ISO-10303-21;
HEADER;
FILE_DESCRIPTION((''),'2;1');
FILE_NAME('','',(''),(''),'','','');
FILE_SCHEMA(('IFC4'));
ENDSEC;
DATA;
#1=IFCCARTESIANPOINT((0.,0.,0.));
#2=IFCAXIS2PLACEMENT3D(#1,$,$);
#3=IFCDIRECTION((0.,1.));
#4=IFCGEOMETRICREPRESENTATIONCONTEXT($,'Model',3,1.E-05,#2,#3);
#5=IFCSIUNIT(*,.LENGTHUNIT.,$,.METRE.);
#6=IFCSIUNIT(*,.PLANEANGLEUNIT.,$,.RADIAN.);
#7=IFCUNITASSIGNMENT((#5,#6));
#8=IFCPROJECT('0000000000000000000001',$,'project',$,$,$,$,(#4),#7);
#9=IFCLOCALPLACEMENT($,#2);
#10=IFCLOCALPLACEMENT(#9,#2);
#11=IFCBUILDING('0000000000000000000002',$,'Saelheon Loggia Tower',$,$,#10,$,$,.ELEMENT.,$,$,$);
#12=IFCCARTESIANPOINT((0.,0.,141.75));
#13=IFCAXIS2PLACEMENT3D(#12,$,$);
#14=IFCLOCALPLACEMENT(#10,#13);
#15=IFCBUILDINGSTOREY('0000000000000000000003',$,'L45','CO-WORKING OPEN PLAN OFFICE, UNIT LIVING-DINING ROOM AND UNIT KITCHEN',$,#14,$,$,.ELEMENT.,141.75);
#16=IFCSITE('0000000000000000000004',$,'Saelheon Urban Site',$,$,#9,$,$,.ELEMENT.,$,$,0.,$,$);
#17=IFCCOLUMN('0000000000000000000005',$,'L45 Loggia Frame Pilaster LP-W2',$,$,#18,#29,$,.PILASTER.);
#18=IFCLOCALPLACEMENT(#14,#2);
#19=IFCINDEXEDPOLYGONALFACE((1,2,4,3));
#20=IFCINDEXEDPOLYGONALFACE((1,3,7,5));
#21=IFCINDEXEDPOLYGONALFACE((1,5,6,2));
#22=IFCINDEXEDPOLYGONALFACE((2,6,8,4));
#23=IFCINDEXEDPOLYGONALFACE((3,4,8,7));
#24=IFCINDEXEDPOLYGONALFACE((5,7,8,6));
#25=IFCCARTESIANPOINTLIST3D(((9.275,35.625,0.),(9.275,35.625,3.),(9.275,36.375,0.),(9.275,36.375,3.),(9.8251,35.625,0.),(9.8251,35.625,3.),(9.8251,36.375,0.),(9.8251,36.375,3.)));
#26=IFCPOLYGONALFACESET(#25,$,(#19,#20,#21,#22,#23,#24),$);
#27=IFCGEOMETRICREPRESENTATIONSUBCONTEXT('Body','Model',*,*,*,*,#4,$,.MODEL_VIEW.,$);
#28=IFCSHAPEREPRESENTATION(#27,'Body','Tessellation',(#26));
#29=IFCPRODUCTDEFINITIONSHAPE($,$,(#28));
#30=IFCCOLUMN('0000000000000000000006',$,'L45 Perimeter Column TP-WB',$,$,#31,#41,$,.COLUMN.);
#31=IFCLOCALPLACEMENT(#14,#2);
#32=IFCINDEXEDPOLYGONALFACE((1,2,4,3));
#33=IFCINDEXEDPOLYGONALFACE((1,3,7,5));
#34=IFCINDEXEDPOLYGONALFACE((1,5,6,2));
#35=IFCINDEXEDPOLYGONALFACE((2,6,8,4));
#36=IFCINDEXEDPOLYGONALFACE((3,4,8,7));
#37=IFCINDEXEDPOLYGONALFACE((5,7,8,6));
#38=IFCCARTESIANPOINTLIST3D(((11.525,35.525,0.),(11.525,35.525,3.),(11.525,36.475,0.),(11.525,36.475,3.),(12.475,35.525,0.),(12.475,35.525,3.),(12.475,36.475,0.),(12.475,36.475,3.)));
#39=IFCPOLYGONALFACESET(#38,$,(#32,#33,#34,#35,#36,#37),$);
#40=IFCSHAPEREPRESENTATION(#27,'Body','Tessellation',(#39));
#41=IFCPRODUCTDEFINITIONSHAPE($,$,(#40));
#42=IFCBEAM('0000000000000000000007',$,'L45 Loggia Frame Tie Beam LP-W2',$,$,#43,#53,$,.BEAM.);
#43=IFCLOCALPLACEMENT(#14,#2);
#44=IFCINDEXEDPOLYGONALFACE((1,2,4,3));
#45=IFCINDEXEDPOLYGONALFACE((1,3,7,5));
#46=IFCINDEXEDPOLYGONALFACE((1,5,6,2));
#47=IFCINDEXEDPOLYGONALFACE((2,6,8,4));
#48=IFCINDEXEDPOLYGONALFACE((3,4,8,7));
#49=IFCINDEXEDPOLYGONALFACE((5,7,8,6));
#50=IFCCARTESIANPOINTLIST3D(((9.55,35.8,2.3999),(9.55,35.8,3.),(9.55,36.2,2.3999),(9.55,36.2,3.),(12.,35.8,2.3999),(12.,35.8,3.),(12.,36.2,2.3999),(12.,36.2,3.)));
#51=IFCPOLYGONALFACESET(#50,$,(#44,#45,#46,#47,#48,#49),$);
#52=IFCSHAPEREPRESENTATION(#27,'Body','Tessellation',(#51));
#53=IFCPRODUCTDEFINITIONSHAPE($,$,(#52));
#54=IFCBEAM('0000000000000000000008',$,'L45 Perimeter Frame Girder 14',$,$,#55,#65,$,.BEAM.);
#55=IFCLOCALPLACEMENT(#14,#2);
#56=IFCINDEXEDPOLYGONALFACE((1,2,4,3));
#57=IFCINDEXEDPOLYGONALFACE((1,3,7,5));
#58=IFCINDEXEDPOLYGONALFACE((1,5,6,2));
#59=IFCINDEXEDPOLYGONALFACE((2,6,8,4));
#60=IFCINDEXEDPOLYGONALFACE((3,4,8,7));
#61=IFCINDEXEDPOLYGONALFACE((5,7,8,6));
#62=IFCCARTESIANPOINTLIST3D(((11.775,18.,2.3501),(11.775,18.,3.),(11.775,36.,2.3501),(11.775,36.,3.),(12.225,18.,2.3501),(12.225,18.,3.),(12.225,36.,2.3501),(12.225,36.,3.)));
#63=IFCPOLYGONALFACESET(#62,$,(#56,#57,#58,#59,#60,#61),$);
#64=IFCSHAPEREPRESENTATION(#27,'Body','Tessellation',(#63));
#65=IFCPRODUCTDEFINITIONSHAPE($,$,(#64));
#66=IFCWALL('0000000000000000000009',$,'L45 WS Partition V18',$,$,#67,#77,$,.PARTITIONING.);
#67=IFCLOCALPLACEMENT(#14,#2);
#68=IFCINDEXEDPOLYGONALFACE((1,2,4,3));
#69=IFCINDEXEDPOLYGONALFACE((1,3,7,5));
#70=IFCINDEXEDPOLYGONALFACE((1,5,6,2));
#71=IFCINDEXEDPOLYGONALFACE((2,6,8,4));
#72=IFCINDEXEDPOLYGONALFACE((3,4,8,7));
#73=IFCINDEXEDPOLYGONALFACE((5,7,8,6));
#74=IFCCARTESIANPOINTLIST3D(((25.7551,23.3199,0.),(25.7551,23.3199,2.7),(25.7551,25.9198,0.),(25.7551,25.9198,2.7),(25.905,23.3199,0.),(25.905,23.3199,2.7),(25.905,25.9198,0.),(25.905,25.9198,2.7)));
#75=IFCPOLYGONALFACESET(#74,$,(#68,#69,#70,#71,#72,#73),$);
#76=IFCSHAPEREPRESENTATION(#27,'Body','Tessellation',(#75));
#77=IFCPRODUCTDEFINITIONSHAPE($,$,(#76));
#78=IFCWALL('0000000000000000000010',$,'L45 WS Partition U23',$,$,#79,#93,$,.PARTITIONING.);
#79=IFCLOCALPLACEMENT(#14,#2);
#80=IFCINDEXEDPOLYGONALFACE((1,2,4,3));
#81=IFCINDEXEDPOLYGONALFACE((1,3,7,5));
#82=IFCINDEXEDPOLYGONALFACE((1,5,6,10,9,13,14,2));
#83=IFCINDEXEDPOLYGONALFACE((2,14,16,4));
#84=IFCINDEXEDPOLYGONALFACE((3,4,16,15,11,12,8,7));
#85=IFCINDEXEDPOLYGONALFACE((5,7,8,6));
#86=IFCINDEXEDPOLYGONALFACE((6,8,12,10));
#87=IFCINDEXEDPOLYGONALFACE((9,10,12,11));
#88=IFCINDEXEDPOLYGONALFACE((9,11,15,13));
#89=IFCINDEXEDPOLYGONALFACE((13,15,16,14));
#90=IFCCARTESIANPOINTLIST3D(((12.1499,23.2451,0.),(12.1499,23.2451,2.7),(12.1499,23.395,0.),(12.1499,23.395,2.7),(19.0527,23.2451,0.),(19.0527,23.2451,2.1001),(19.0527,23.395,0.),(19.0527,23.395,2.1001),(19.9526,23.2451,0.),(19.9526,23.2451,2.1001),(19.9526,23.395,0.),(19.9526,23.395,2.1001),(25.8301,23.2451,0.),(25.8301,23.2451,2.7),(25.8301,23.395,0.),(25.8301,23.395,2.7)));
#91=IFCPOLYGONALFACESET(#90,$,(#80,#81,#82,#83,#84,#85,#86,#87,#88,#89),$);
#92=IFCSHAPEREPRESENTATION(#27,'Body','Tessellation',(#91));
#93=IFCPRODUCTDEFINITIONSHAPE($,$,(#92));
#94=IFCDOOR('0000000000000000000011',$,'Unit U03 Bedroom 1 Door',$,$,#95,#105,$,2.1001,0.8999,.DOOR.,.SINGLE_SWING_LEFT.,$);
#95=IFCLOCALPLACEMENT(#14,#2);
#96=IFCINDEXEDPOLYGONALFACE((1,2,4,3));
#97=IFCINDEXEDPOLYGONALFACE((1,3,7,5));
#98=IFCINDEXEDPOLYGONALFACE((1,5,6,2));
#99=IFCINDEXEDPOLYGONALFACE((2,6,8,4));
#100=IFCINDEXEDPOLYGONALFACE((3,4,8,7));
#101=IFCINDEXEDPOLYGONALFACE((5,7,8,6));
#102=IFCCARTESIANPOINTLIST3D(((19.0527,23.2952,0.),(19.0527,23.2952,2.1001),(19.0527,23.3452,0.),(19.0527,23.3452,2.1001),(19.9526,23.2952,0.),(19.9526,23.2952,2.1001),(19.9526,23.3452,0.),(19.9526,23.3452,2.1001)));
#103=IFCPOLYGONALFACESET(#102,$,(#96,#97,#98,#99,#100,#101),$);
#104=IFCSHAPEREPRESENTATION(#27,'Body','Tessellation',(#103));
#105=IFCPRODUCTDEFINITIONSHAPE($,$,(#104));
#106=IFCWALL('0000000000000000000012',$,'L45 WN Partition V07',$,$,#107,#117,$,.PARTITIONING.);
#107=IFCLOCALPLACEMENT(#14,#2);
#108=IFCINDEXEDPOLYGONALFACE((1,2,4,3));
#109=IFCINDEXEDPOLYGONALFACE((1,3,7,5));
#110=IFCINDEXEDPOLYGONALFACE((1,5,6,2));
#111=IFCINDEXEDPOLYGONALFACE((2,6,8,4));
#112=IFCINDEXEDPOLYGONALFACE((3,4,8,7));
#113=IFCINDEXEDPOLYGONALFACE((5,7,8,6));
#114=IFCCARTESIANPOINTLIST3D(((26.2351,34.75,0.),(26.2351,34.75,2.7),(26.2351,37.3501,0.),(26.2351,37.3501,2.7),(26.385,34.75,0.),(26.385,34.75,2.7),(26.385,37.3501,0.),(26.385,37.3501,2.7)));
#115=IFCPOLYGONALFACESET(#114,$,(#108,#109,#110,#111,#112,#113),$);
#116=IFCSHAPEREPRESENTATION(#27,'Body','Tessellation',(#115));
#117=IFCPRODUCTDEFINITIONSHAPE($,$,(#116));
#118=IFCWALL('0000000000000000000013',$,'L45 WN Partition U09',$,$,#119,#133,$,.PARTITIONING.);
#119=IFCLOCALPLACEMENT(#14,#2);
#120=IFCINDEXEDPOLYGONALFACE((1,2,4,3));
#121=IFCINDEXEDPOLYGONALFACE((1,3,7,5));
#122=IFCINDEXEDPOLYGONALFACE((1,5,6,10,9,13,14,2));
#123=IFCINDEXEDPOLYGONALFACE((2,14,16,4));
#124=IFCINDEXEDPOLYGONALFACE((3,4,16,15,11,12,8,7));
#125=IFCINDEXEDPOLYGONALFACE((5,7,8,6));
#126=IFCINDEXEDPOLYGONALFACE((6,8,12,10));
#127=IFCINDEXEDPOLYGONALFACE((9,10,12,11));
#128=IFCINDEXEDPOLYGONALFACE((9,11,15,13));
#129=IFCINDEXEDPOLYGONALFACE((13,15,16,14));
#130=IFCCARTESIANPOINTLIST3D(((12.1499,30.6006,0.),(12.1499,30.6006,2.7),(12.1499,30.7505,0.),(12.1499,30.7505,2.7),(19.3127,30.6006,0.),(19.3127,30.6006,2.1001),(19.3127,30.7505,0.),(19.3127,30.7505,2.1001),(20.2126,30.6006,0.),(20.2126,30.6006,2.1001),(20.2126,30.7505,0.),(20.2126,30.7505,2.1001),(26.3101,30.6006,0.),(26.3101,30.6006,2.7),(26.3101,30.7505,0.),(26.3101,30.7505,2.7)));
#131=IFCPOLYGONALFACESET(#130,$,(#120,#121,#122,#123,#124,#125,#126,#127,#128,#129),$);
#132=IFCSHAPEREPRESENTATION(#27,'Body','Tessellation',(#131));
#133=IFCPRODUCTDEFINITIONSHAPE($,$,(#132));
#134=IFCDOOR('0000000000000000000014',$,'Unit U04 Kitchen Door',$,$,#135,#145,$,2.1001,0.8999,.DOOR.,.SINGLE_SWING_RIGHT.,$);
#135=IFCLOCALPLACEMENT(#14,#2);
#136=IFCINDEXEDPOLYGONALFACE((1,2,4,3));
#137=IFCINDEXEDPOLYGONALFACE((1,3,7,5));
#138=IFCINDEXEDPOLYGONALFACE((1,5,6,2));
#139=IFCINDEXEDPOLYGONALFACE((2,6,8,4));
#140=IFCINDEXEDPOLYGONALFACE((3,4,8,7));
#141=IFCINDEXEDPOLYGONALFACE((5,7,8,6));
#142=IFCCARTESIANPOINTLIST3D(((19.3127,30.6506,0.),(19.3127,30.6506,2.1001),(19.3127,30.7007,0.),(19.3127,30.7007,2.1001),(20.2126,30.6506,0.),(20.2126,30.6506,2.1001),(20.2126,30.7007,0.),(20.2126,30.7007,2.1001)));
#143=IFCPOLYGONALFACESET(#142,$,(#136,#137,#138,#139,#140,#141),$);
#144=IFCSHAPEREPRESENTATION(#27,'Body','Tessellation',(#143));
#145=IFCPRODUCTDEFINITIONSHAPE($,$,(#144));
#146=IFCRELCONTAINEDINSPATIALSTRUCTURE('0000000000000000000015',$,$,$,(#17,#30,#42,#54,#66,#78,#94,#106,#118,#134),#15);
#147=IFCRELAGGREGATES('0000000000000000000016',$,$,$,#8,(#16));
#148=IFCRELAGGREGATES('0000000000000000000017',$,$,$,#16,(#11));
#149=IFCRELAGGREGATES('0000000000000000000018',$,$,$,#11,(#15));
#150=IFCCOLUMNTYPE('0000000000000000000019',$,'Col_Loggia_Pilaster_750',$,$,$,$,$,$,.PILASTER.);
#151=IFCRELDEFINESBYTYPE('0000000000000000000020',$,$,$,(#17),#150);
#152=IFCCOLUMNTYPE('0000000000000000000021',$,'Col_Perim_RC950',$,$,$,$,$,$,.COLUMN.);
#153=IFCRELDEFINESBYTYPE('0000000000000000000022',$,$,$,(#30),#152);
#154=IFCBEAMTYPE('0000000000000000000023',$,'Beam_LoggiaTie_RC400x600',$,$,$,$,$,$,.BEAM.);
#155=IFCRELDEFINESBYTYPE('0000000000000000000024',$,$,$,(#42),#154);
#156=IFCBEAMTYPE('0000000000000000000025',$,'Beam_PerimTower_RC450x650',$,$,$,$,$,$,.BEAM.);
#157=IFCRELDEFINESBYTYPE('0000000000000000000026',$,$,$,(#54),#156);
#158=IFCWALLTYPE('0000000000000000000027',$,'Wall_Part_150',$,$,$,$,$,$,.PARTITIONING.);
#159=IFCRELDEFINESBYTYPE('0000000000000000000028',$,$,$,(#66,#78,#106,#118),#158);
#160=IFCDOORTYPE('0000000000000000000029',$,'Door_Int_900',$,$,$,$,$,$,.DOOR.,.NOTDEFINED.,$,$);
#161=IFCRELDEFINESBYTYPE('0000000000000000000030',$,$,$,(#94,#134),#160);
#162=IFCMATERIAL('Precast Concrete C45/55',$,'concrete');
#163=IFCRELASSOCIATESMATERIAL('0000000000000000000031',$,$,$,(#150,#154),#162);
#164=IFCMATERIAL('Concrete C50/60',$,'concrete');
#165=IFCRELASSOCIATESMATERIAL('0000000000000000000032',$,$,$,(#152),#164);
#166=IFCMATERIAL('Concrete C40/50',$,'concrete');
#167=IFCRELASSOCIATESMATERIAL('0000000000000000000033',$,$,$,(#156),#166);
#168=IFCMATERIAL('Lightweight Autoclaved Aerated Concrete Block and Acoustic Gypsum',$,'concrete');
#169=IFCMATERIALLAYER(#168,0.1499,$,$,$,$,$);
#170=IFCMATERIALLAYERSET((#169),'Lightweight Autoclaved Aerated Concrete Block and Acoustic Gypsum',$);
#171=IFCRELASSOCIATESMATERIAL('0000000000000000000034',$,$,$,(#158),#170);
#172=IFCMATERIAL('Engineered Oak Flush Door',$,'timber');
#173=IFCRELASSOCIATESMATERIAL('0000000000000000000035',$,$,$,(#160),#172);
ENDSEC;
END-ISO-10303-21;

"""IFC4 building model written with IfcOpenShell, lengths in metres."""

from ifc_helpers import new_model, si_unit, direction, frame, frame_2d, origin, origin_2d, place, context, subcontext, project, spatial, rectangle, extrude, source, transform, mapped, material, layer, layer_set, material_profile, profile_set, type_object, element, fill, save


model = new_model("IFC4")

# Units and contexts
model_context = context("Model", 3, precision=1e-05, world=origin(), true_north=direction((0.0, 1.0)))
body_context = subcontext(model_context, "Body", "Model", "MODEL_VIEW")
ifc_project = project(units=[si_unit("LENGTHUNIT", "METRE"), si_unit("PLANEANGLEUNIT", "RADIAN")], contexts=[model_context])

# Site, building, storey
site_placement = place(None, origin())
site = spatial("IfcSite", under=ifc_project, at=site_placement, Name="Saelheon Urban Site", CompositionType="ELEMENT", RefElevation=0.0)
building_placement = place(site_placement, origin())
building = spatial("IfcBuilding", under=site, at=building_placement, Name="Saelheon Loggia Tower", CompositionType="ELEMENT")
storey_placement = place(building_placement, frame((0.0, 0.0, 141.75)))
storey = spatial("IfcBuildingStorey", under=building, at=storey_placement, Name="L45", Description="CO-WORKING OPEN PLAN OFFICE, UNIT LIVING-DINING ROOM AND UNIT KITCHEN", CompositionType="ELEMENT", Elevation=141.75)

# Columns
ifc_material_1 = material(Name="Precast Concrete C45/55", Category="concrete")
ifc_material_profile_1 = material_profile(ifc_material_1, rectangle(XDim=0.55, YDim=0.75, at=origin_2d()), Name="RC-550x750")
ifc_profile_set_1 = profile_set([ifc_material_profile_1], Name="Precast Concrete C45/55")
column_type_1 = type_object("IfcColumnType", Name="Col_Loggia_Pilaster_750", PredefinedType="PILASTER", material=ifc_profile_set_1)
shared_shape_1 = source(origin(), body_context, "Body", "SweptSolid", [
    extrude(rectangle(XDim=0.55, YDim=0.75, at=origin_2d()), origin(), (0.0, 0.0, 1.0), 3.0),
])
column_1_placement = place(storey_placement, frame((9.55, 36.0, 0.0), z_axis=(0.0, 0.0, 1.0), x_axis=(1.0, 0.0, 0.0)))
element("IfcColumn", 1, at=column_1_placement, inside=storey, type_object=column_type_1, Name="L45 Loggia Frame Pilaster LP-W2", PredefinedType="PILASTER", context=body_context, shape_type="MappedRepresentation", body=[
    mapped(shared_shape_1, transform((0.0, 0.0, 0.0), scale=1.0)),
])
ifc_material_2 = material(Name="Concrete C50/60", Category="concrete")
ifc_material_profile_2 = material_profile(ifc_material_2, rectangle(XDim=0.95, YDim=0.95, at=origin_2d()), Name="RC-950x950")
ifc_profile_set_2 = profile_set([ifc_material_profile_2], Name="Concrete C50/60")
column_type_2 = type_object("IfcColumnType", Name="Col_Perim_RC950", PredefinedType="COLUMN", material=ifc_profile_set_2)
shared_shape_2 = source(origin(), body_context, "Body", "SweptSolid", [
    extrude(rectangle(XDim=0.95, YDim=0.95, at=origin_2d()), origin(), (0.0, 0.0, 1.0), 3.0),
])
column_2_placement = place(storey_placement, frame((12.0, 36.0, 0.0), z_axis=(0.0, 0.0, 1.0), x_axis=(1.0, 0.0, 0.0)))
element("IfcColumn", 2, at=column_2_placement, inside=storey, type_object=column_type_2, Name="L45 Perimeter Column TP-WB", PredefinedType="COLUMN", context=body_context, shape_type="MappedRepresentation", body=[
    mapped(shared_shape_2, transform((0.0, 0.0, 0.0), scale=1.0)),
])

# Beams
ifc_material_profile_3 = material_profile(ifc_material_1, rectangle(XDim=0.3999, YDim=0.6001, at=origin_2d()), Name="RC-400x600")
ifc_profile_set_3 = profile_set([ifc_material_profile_3], Name="Precast Concrete C45/55")
beam_type_1 = type_object("IfcBeamType", Name="Beam_LoggiaTie_RC400x600", PredefinedType="BEAM", material=ifc_profile_set_3)
shared_shape_3 = source(origin(), body_context, "Body", "SweptSolid", [
    extrude(rectangle(XDim=0.3999, YDim=0.6001, at=origin_2d()), origin(), (0.0, 0.0, 1.0), 2.45),
])
beam_1_placement = place(storey_placement, frame((12.0, 36.0, 2.7), z_axis=(-1.0, 0.0, 0.0), x_axis=(0.0, -1.0, 0.0)))
element("IfcBeam", 3, at=beam_1_placement, inside=storey, type_object=beam_type_1, Name="L45 Loggia Frame Tie Beam LP-W2", PredefinedType="BEAM", context=body_context, shape_type="MappedRepresentation", body=[
    mapped(shared_shape_3, transform((0.0, 0.0, 0.0), scale=1.0)),
])
ifc_material_3 = material(Name="Concrete C40/50", Category="concrete")
ifc_material_profile_4 = material_profile(ifc_material_3, rectangle(XDim=0.45, YDim=0.6499, at=origin_2d()), Name="RC-450x650")
ifc_profile_set_4 = profile_set([ifc_material_profile_4], Name="Concrete C40/50")
beam_type_2 = type_object("IfcBeamType", Name="Beam_PerimTower_RC450x650", PredefinedType="BEAM", material=ifc_profile_set_4)
shared_shape_4 = source(origin(), body_context, "Body", "SweptSolid", [
    extrude(rectangle(XDim=0.45, YDim=0.6499, at=origin_2d()), origin(), (0.0, 0.0, 1.0), 18.0),
])
beam_2_placement = place(storey_placement, frame((12.0, 36.0, 2.675), z_axis=(0.0, -1.0, 0.0), x_axis=(1.0, 0.0, 0.0)))
element("IfcBeam", 4, at=beam_2_placement, inside=storey, type_object=beam_type_2, Name="L45 Perimeter Frame Girder 14", PredefinedType="BEAM", context=body_context, shape_type="MappedRepresentation", body=[
    mapped(shared_shape_4, transform((0.0, 0.0, 0.0), scale=1.0)),
])

# Wall
ifc_material_4 = material(Name="Lightweight Autoclaved Aerated Concrete Block and Acoustic Gypsum", Category="concrete")
ifc_layer_1 = layer(ifc_material_4, 0.1499)
ifc_layer_set_1 = layer_set([ifc_layer_1], Name="Lightweight Autoclaved Aerated Concrete Block and Acoustic Gypsum")
wall_type_1 = type_object("IfcWallType", Name="Wall_Part_150", PredefinedType="PARTITIONING", material=ifc_layer_set_1)
wall_1_placement = place(storey_placement, frame((25.8301, 23.3201, 0.0), z_axis=(0.0, 0.0, 1.0), x_axis=(0.0, 1.0, 0.0)))
element("IfcWall", 5, at=wall_1_placement, inside=storey, type_object=wall_type_1, Name="L45 WS Partition V18", PredefinedType="PARTITIONING", context=body_context, shape_type="SweptSolid", body=[
    extrude(rectangle(XDim=2.5999, YDim=0.1499, at=frame_2d((1.2998, 0.0))), origin(), (0.0, 0.0, 1.0), 2.7),
])

# Wall, opening, door
wall_2_placement = place(storey_placement, frame((25.8301, 23.3201, 0.0), z_axis=(0.0, 0.0, 1.0), x_axis=(-1.0, 0.0, 0.0)))
wall_2 = element("IfcWall", 6, at=wall_2_placement, inside=storey, type_object=wall_type_1, Name="L45 WS Partition U23", PredefinedType="PARTITIONING", context=body_context, shape_type="SweptSolid", body=[
    extrude(rectangle(XDim=13.6802, YDim=0.1499, at=frame_2d((6.8401, 0.0))), origin(), (0.0, 0.0, 1.0), 2.7),
])
opening_1_placement = place(wall_2_placement, frame((5.8774, 0.0, 0.0)))
opening_1 = element("IfcOpeningElement", 7, at=opening_1_placement, cuts=wall_2, PredefinedType="OPENING", context=body_context, shape_type="SweptSolid", body=[
    extrude(rectangle(XDim=0.8999, YDim=2.1001, at=frame_2d((0.45, 1.05))), frame((0.0, 0.0869, 0.0), z_axis=(0.0, -1.0, 0.0), x_axis=(1.0, 0.0, 0.0)), (0.0, 0.0, 1.0), 0.1738),
])
ifc_material_5 = material(Name="Engineered Oak Flush Door", Category="timber")
door_type_1 = type_object("IfcDoorType", Name="Door_Int_900", OperationType="NOTDEFINED", PredefinedType="DOOR", material=ifc_material_5)
shared_shape_5 = source(origin(), body_context, "Body", "SweptSolid", [
    extrude(rectangle(XDim=0.8999, YDim=2.1001, at=frame_2d((0.45, 1.05))), frame((0.0, 0.0249, 0.0), z_axis=(0.0, -1.0, 0.0), x_axis=(1.0, 0.0, 0.0)), (0.0, 0.0, 1.0), 0.05),
])
door_1_placement = place(opening_1_placement, origin())
door_1 = element("IfcDoor", 8, at=door_1_placement, inside=storey, type_object=door_type_1, Name="Unit U03 Bedroom 1 Door", OperationType="SINGLE_SWING_LEFT", OverallHeight=2.1001, OverallWidth=0.8999, PredefinedType="DOOR", context=body_context, shape_type="MappedRepresentation", body=[
    mapped(shared_shape_5, transform((0.0, 0.0, 0.0), scale=1.0)),
])
fill(opening_1, door_1)

# Wall
wall_3_placement = place(storey_placement, frame((26.3101, 34.75, 0.0), z_axis=(0.0, 0.0, 1.0), x_axis=(0.0, 1.0, 0.0)))
element("IfcWall", 9, at=wall_3_placement, inside=storey, type_object=wall_type_1, Name="L45 WN Partition V07", PredefinedType="PARTITIONING", context=body_context, shape_type="SweptSolid", body=[
    extrude(rectangle(XDim=2.6001, YDim=0.1499, at=frame_2d((1.3, 0.0))), origin(), (0.0, 0.0, 1.0), 2.7),
])

# Wall, opening, door
wall_4_placement = place(storey_placement, frame((26.3101, 30.6755, 0.0), z_axis=(0.0, 0.0, 1.0), x_axis=(-1.0, 0.0, 0.0)))
wall_4 = element("IfcWall", 10, at=wall_4_placement, inside=storey, type_object=wall_type_1, Name="L45 WN Partition U09", PredefinedType="PARTITIONING", context=body_context, shape_type="SweptSolid", body=[
    extrude(rectangle(XDim=14.1602, YDim=0.1499, at=frame_2d((7.0801, 0.0))), origin(), (0.0, 0.0, 1.0), 2.7),
])
opening_2_placement = place(wall_4_placement, frame((6.0974, 0.0, 0.0)))
opening_2 = element("IfcOpeningElement", 11, at=opening_2_placement, cuts=wall_4, PredefinedType="OPENING", context=body_context, shape_type="SweptSolid", body=[
    extrude(rectangle(XDim=0.8999, YDim=2.1001, at=frame_2d((0.45, 1.05))), frame((0.0, 0.0869, 0.0), z_axis=(0.0, -1.0, 0.0), x_axis=(1.0, 0.0, 0.0)), (0.0, 0.0, 1.0), 0.1738),
])
door_2_placement = place(opening_2_placement, origin())
door_2 = element("IfcDoor", 12, at=door_2_placement, inside=storey, type_object=door_type_1, Name="Unit U04 Kitchen Door", OperationType="SINGLE_SWING_RIGHT", OverallHeight=2.1001, OverallWidth=0.8999, PredefinedType="DOOR", context=body_context, shape_type="MappedRepresentation", body=[
    mapped(shared_shape_5, transform((0.0, 0.0, 0.0), scale=1.0)),
])
fill(opening_2, door_2)

save(model, "model.ifc")
